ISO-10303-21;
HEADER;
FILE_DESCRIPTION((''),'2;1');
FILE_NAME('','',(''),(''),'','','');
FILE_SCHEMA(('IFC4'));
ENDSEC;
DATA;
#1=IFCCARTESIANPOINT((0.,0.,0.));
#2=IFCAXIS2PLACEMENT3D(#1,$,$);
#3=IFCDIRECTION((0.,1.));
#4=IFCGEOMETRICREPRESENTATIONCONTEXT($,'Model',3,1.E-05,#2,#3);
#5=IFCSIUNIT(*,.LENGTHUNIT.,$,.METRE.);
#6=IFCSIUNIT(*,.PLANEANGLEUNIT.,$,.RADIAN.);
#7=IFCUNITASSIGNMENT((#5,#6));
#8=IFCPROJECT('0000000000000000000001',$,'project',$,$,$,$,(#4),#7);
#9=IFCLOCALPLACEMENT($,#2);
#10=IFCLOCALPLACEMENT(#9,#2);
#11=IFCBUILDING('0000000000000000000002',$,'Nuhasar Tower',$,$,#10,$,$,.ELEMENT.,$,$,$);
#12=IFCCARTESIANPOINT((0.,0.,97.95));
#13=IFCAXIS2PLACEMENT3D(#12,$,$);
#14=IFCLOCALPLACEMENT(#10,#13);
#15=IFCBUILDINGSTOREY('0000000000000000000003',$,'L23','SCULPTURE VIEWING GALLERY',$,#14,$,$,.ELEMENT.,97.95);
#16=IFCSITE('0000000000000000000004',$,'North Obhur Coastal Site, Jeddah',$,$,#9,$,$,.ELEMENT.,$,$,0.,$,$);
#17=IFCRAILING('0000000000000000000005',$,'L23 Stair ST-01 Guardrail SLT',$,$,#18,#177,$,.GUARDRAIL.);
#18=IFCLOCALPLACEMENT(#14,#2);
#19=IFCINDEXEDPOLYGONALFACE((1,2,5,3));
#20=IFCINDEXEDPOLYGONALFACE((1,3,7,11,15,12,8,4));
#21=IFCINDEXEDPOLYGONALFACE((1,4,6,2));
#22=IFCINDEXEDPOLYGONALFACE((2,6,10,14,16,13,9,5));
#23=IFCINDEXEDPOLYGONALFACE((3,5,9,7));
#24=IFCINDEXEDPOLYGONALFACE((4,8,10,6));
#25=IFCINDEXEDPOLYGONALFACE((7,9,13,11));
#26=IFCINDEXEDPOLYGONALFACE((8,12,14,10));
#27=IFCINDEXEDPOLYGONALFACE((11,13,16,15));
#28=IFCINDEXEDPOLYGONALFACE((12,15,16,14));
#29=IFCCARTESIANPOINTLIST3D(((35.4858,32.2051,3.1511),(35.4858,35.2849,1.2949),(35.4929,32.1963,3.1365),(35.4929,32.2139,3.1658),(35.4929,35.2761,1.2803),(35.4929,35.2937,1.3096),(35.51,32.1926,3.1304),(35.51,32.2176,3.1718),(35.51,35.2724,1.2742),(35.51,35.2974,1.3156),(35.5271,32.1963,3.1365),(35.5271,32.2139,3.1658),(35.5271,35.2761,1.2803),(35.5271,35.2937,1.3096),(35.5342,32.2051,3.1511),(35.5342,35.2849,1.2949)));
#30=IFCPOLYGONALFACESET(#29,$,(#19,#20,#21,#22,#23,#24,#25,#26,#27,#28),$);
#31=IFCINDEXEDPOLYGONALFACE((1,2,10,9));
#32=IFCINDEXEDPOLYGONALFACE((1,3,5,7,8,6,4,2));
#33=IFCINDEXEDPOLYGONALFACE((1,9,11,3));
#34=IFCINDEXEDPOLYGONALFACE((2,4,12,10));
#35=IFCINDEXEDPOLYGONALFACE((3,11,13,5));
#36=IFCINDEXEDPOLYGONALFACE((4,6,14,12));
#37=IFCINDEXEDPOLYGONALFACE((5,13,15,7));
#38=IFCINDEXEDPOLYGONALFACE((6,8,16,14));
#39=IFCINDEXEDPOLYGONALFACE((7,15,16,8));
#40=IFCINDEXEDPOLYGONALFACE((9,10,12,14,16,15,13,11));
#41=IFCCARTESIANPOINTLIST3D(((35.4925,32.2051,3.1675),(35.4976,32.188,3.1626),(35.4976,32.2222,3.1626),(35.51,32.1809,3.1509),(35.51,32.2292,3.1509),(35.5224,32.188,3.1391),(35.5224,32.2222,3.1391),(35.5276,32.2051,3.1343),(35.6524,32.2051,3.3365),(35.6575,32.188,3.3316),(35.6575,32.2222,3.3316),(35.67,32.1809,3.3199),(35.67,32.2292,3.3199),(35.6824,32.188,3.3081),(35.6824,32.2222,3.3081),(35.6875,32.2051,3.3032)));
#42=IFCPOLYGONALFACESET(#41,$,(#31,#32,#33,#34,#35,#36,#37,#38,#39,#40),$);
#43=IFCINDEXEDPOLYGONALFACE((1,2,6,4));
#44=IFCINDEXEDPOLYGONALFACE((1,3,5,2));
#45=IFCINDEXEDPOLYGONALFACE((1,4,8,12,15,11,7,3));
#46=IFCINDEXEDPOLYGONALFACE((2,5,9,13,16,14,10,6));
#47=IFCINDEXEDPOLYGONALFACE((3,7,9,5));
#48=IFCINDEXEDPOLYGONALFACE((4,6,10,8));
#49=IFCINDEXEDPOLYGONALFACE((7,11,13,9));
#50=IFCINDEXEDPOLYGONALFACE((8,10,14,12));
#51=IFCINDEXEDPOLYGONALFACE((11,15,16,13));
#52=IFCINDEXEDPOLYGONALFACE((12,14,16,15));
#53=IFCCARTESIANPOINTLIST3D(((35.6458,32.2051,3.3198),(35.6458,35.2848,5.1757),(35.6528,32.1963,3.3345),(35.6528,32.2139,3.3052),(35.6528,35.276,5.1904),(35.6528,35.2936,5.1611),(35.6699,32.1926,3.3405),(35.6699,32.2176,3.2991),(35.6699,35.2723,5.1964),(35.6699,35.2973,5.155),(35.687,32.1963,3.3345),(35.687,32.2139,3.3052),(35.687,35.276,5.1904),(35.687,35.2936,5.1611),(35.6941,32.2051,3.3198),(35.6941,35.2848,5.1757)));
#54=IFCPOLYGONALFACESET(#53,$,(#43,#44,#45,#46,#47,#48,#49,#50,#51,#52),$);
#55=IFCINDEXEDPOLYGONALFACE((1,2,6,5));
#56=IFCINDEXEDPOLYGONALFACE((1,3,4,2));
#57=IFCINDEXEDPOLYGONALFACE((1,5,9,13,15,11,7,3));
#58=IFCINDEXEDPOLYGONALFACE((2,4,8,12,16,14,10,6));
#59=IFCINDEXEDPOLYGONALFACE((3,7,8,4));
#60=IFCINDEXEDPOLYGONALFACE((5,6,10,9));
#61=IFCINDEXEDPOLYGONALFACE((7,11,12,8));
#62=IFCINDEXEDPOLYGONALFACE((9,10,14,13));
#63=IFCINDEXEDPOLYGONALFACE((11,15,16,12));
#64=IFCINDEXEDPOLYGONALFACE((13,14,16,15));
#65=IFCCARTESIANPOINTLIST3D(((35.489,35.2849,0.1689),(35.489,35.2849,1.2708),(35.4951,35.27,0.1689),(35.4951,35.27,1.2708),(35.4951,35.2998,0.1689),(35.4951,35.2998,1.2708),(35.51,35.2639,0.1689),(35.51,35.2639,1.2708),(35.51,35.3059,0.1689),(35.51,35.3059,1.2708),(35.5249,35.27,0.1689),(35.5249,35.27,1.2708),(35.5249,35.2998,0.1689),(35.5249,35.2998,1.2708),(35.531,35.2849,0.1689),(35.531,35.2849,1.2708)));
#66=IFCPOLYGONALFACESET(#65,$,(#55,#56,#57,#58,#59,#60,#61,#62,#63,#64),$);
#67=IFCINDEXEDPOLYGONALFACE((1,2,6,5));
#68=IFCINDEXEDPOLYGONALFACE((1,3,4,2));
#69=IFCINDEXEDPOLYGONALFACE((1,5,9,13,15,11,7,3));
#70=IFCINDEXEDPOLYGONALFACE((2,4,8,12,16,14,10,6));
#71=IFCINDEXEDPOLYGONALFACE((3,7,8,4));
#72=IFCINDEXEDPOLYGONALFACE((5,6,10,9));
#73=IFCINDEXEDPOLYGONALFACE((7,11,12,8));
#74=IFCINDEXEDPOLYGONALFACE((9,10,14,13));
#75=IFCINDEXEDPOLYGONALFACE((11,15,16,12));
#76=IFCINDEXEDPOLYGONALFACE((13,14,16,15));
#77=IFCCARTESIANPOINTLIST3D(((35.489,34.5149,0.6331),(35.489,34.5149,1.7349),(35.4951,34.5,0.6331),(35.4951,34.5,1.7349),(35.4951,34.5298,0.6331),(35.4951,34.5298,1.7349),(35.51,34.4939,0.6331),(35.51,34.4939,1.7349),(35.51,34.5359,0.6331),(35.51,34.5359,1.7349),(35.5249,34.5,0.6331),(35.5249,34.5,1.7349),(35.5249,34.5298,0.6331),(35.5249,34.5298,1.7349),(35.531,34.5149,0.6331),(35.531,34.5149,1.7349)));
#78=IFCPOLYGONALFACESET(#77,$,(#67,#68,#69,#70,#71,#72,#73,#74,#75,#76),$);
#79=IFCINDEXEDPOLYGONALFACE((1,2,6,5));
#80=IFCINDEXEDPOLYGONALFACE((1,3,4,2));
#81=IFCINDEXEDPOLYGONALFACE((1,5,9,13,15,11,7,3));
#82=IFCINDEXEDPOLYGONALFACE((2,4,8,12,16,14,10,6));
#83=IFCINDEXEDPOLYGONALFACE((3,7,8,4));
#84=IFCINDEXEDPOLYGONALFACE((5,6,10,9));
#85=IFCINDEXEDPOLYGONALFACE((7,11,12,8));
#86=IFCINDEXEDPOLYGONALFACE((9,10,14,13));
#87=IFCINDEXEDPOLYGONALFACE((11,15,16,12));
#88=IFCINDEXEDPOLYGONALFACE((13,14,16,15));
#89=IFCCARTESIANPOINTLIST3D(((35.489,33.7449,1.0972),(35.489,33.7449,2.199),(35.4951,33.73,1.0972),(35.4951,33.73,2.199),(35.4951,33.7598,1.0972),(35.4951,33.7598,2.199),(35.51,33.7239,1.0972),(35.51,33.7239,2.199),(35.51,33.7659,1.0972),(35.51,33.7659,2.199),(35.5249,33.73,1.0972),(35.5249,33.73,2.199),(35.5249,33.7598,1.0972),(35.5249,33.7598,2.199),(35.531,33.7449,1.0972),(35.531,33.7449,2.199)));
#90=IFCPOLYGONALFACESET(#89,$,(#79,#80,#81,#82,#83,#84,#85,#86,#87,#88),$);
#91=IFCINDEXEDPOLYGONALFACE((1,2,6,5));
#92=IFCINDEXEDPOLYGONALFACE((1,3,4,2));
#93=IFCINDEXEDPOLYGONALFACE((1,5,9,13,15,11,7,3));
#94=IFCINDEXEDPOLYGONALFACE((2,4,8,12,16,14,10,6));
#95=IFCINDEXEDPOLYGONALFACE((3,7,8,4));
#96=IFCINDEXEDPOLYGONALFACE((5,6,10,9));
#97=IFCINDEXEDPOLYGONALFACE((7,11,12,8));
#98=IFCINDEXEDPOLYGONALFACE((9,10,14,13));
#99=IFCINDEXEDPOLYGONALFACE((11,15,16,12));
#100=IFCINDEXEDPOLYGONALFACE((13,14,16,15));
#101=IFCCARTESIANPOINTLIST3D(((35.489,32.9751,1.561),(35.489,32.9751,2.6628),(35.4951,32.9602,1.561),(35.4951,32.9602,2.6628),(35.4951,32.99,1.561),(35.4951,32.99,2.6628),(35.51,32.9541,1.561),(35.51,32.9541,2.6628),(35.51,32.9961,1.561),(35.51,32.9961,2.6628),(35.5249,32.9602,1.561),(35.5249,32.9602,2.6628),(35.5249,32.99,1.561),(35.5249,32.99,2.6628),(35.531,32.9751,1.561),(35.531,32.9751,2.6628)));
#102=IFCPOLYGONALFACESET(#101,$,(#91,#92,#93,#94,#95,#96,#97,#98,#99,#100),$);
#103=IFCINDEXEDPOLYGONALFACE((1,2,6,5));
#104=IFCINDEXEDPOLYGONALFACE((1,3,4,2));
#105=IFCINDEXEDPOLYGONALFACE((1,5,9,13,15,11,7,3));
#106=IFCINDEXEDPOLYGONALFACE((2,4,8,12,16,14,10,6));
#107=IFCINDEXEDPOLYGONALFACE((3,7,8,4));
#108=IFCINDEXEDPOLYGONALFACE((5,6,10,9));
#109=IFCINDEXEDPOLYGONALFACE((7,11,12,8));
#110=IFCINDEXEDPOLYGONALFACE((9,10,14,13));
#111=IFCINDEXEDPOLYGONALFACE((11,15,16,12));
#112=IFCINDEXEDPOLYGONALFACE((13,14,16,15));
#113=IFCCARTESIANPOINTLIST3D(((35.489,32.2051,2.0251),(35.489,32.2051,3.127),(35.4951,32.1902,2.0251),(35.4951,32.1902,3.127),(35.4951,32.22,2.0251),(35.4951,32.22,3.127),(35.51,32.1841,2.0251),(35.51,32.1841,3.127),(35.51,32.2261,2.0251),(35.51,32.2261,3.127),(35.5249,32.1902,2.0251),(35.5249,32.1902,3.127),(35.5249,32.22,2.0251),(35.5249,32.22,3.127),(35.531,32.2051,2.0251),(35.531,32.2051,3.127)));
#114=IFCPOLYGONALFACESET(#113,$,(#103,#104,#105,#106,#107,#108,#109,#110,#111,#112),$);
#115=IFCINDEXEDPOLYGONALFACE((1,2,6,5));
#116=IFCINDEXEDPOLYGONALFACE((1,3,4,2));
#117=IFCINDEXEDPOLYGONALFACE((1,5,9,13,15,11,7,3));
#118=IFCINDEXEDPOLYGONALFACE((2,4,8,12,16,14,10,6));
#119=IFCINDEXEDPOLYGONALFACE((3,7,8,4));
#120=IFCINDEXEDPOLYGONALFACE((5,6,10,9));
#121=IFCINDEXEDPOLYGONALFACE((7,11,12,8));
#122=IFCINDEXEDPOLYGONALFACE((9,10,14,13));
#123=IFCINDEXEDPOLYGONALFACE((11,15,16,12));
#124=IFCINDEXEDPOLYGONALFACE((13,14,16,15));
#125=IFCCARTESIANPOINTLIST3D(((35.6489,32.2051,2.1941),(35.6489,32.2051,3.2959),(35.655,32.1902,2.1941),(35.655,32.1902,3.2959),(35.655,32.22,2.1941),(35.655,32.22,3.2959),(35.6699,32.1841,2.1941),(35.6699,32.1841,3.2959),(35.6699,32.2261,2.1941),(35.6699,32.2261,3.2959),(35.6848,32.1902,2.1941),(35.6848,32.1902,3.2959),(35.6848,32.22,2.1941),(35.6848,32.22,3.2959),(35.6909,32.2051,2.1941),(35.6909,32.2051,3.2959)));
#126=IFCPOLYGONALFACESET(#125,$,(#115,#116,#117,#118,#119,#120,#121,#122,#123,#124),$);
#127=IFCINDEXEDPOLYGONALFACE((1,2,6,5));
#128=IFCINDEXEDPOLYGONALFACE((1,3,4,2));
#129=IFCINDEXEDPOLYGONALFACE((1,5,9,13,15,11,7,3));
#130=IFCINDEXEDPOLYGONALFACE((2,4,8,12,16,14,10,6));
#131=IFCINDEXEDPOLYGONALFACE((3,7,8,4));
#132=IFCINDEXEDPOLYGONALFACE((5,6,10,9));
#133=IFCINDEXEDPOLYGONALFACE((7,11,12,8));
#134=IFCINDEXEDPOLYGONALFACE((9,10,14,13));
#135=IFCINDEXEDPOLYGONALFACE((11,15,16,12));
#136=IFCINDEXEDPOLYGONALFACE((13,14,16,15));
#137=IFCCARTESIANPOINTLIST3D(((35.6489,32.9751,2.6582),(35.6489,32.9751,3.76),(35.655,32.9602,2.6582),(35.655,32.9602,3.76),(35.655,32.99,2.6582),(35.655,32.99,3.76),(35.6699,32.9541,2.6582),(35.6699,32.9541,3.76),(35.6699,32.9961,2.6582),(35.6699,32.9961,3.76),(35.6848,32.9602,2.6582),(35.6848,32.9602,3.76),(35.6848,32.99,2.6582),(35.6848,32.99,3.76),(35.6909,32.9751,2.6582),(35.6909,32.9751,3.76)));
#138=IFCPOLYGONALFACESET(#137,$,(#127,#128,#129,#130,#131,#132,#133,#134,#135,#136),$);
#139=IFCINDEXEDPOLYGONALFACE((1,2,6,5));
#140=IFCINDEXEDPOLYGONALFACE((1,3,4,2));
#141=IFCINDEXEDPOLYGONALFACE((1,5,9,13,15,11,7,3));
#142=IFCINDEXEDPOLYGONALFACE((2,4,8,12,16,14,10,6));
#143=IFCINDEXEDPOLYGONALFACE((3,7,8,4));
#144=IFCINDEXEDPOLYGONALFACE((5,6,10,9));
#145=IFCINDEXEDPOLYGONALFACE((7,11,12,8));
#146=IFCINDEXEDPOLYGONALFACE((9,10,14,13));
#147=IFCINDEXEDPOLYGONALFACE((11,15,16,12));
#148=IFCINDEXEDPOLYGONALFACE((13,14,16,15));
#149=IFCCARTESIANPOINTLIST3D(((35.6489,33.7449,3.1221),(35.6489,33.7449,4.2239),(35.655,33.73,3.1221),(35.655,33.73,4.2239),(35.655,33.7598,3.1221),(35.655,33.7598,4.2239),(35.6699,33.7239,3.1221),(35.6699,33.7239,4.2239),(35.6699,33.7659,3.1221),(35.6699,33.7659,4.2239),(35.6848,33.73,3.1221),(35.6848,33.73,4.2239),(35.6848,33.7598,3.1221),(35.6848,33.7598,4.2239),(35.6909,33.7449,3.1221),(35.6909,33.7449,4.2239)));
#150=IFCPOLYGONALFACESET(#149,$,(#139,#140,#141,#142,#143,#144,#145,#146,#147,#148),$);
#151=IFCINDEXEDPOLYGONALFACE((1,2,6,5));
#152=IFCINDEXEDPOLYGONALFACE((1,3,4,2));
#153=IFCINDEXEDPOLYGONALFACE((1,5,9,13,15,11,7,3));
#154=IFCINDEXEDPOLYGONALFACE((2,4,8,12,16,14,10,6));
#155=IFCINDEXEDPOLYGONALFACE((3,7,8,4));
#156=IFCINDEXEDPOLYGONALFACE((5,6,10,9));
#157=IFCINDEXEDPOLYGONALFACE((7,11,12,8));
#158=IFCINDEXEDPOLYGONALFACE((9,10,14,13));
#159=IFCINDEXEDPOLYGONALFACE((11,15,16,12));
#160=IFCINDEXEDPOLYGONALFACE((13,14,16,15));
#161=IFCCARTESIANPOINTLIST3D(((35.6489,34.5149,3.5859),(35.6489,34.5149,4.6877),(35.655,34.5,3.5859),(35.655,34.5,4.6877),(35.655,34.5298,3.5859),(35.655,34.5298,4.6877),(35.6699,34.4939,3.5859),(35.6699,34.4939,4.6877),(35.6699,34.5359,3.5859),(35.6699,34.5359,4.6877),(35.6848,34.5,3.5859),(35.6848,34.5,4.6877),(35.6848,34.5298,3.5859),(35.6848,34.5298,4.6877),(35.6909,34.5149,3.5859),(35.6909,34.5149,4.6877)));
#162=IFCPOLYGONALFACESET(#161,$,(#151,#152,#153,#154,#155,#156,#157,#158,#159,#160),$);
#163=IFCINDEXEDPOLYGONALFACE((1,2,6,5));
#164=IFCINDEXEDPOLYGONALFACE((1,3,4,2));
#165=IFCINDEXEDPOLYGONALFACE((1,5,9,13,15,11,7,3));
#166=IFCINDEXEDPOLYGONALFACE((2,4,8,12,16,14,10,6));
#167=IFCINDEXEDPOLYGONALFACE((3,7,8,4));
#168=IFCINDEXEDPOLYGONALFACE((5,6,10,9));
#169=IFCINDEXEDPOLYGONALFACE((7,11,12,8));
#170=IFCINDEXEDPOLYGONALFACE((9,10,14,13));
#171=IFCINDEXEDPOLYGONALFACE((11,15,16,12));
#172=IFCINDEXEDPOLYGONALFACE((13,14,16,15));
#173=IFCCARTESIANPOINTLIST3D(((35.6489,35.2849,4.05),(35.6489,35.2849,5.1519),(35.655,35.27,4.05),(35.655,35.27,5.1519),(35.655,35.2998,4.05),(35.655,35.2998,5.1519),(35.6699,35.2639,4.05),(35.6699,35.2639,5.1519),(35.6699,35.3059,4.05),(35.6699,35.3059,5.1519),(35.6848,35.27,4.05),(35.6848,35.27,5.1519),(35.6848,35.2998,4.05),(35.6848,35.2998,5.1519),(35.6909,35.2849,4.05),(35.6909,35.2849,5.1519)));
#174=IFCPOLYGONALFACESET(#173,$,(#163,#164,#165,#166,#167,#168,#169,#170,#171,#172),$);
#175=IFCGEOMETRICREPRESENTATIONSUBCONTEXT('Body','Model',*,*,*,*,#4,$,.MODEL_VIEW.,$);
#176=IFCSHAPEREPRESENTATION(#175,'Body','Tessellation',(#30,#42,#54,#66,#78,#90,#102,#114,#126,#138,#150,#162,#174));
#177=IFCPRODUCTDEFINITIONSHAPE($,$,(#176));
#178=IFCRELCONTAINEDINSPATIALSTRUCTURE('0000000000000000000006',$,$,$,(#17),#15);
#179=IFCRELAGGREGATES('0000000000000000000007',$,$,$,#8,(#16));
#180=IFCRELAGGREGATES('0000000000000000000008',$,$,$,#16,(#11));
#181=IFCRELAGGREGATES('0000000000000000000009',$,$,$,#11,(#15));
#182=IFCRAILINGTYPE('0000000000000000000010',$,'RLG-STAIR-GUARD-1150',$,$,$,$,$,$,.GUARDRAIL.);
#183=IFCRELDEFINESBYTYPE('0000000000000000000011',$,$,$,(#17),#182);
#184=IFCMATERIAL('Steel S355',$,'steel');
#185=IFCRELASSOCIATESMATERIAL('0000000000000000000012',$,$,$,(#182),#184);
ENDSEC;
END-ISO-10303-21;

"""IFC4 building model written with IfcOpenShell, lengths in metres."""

from ifc_helpers import new_model, si_unit, direction, frame, origin, place, context, subcontext, project, spatial, polyline, outline, extrude, material, type_object, element, save


model = new_model("IFC4")

# Units and contexts
model_context = context("Model", 3, precision=1e-05, world=origin(), true_north=direction((0.0, 1.0)))
body_context = subcontext(model_context, "Body", "Model", "MODEL_VIEW")
ifc_project = project(units=[si_unit("LENGTHUNIT", "METRE"), si_unit("PLANEANGLEUNIT", "RADIAN")], contexts=[model_context])

# Site, building, storey
site_placement = place(None, origin())
site = spatial("IfcSite", under=ifc_project, at=site_placement, Name="North Obhur Coastal Site, Jeddah", CompositionType="ELEMENT", RefElevation=0.0)
building_placement = place(site_placement, origin())
building = spatial("IfcBuilding", under=site, at=building_placement, Name="Nuhasar Tower", CompositionType="ELEMENT")
storey_placement = place(building_placement, frame((0.0, 0.0, 97.95)))
storey = spatial("IfcBuildingStorey", under=building, at=storey_placement, Name="L23", Description="SCULPTURE VIEWING GALLERY", CompositionType="ELEMENT", Elevation=97.95)

# Shared definitions
ifc_material_1 = material(Name="Steel S355", Category="steel")

# Railing
railing_type_1 = type_object("IfcRailingType", Name="RLG-STAIR-GUARD-1150", PredefinedType="GUARDRAIL", material=ifc_material_1)
railing_1_placement = place(storey_placement, frame((35.51, 35.2849, 0.1689)))
element("IfcRailing", 1, at=railing_1_placement, inside=storey, type_object=railing_type_1, Name="L23 Stair ST-01 Guardrail SLT", PredefinedType="GUARDRAIL", context=body_context, shape_type="SweptSolid", body=[
    extrude(outline(polyline([(0.0242, 0.0), (0.0171, 0.0171), (0.0, 0.0242), (-0.0171, 0.0171), (-0.0242, 0.0), (-0.0171, -0.0171), (0.0, -0.0242), (0.0171, -0.0171), (0.0242, 0.0)])), frame((0.0, 0.0, 1.126), z_axis=(0.0, -0.856473, 0.516192), x_axis=(1.0, 0.0, 0.0)), (0.0, 0.0, 1.0), 3.5959),
    extrude(outline(polyline([(0.0242, 0.0), (0.0171, 0.0171), (0.0, 0.0242), (-0.0171, 0.0171), (-0.0242, 0.0), (-0.0171, -0.0171), (0.0, -0.0242), (0.0171, -0.0171), (0.0242, 0.0)])), frame((0.0, -3.0798, 2.9819), z_axis=(0.687424, 0.0, 0.726256), x_axis=(0.0, 1.0, 0.0)), (0.0, 0.0, 1.0), 0.2327),
    extrude(outline(polyline([(0.0242, 0.0), (0.0171, 0.0171), (0.0, 0.0242), (-0.0171, 0.0171), (-0.0242, 0.0), (-0.0171, -0.0171), (0.0, -0.0242), (0.0171, -0.0171), (0.0242, 0.0)])), frame((0.1599, -3.0798, 3.1509), z_axis=(0.0, 0.856503, 0.516142), x_axis=(-1.0, 0.0, 0.0)), (0.0, 0.0, 1.0), 3.5957),
    extrude(outline(polyline([(0.021, 0.0), (0.0149, 0.0149), (0.0, 0.021), (-0.0149, 0.0149), (-0.021, 0.0), (-0.0149, -0.0149), (0.0, -0.021), (0.0149, -0.0149), (0.021, 0.0)])), origin(), (0.0, 0.0, 1.0), 1.1018),
    extrude(outline(polyline([(0.021, 0.0), (0.0149, 0.0149), (0.0, 0.021), (-0.0149, 0.0149), (-0.021, 0.0), (-0.0149, -0.0149), (0.0, -0.021), (0.0149, -0.0149), (0.021, 0.0)])), frame((0.0, -0.77, 0.4641)), (0.0, 0.0, 1.0), 1.1018),
    extrude(outline(polyline([(0.021, 0.0), (0.0149, 0.0149), (0.0, 0.021), (-0.0149, 0.0149), (-0.021, 0.0), (-0.0149, -0.0149), (0.0, -0.021), (0.0149, -0.0149), (0.021, 0.0)])), frame((0.0, -1.54, 0.9282)), (0.0, 0.0, 1.0), 1.1018),
    extrude(outline(polyline([(0.021, 0.0), (0.0149, 0.0149), (0.0, 0.021), (-0.0149, 0.0149), (-0.021, 0.0), (-0.0149, -0.0149), (0.0, -0.021), (0.0149, -0.0149), (0.021, 0.0)])), frame((0.0, -2.3098, 1.3921)), (0.0, 0.0, 1.0), 1.1018),
    extrude(outline(polyline([(0.021, 0.0), (0.0149, 0.0149), (0.0, 0.021), (-0.0149, 0.0149), (-0.021, 0.0), (-0.0149, -0.0149), (0.0, -0.021), (0.0149, -0.0149), (0.021, 0.0)])), frame((0.0, -3.0798, 1.8562)), (0.0, 0.0, 1.0), 1.1018),
    extrude(outline(polyline([(0.021, 0.0), (0.0149, 0.0149), (0.0, 0.021), (-0.0149, 0.0149), (-0.021, 0.0), (-0.0149, -0.0149), (0.0, -0.021), (0.0149, -0.0149), (0.021, 0.0)])), frame((0.1599, -3.0798, 2.0251)), (0.0, 0.0, 1.0), 1.1018),
    extrude(outline(polyline([(0.021, 0.0), (0.0149, 0.0149), (0.0, 0.021), (-0.0149, 0.0149), (-0.021, 0.0), (-0.0149, -0.0149), (0.0, -0.021), (0.0149, -0.0149), (0.021, 0.0)])), frame((0.1599, -2.3098, 2.4893)), (0.0, 0.0, 1.0), 1.1018),
    extrude(outline(polyline([(0.021, 0.0), (0.0149, 0.0149), (0.0, 0.021), (-0.0149, 0.0149), (-0.021, 0.0), (-0.0149, -0.0149), (0.0, -0.021), (0.0149, -0.0149), (0.021, 0.0)])), frame((0.1599, -1.54, 2.9531)), (0.0, 0.0, 1.0), 1.1018),
    extrude(outline(polyline([(0.021, 0.0), (0.0149, 0.0149), (0.0, 0.021), (-0.0149, 0.0149), (-0.021, 0.0), (-0.0149, -0.0149), (0.0, -0.021), (0.0149, -0.0149), (0.021, 0.0)])), frame((0.1599, -0.77, 3.417)), (0.0, 0.0, 1.0), 1.1018),
    extrude(outline(polyline([(0.021, 0.0), (0.0149, 0.0149), (0.0, 0.021), (-0.0149, 0.0149), (-0.021, 0.0), (-0.0149, -0.0149), (0.0, -0.021), (0.0149, -0.0149), (0.021, 0.0)])), frame((0.1599, 0.0, 3.8811)), (0.0, 0.0, 1.0), 1.1018),
])

save(model, "model.ifc")
